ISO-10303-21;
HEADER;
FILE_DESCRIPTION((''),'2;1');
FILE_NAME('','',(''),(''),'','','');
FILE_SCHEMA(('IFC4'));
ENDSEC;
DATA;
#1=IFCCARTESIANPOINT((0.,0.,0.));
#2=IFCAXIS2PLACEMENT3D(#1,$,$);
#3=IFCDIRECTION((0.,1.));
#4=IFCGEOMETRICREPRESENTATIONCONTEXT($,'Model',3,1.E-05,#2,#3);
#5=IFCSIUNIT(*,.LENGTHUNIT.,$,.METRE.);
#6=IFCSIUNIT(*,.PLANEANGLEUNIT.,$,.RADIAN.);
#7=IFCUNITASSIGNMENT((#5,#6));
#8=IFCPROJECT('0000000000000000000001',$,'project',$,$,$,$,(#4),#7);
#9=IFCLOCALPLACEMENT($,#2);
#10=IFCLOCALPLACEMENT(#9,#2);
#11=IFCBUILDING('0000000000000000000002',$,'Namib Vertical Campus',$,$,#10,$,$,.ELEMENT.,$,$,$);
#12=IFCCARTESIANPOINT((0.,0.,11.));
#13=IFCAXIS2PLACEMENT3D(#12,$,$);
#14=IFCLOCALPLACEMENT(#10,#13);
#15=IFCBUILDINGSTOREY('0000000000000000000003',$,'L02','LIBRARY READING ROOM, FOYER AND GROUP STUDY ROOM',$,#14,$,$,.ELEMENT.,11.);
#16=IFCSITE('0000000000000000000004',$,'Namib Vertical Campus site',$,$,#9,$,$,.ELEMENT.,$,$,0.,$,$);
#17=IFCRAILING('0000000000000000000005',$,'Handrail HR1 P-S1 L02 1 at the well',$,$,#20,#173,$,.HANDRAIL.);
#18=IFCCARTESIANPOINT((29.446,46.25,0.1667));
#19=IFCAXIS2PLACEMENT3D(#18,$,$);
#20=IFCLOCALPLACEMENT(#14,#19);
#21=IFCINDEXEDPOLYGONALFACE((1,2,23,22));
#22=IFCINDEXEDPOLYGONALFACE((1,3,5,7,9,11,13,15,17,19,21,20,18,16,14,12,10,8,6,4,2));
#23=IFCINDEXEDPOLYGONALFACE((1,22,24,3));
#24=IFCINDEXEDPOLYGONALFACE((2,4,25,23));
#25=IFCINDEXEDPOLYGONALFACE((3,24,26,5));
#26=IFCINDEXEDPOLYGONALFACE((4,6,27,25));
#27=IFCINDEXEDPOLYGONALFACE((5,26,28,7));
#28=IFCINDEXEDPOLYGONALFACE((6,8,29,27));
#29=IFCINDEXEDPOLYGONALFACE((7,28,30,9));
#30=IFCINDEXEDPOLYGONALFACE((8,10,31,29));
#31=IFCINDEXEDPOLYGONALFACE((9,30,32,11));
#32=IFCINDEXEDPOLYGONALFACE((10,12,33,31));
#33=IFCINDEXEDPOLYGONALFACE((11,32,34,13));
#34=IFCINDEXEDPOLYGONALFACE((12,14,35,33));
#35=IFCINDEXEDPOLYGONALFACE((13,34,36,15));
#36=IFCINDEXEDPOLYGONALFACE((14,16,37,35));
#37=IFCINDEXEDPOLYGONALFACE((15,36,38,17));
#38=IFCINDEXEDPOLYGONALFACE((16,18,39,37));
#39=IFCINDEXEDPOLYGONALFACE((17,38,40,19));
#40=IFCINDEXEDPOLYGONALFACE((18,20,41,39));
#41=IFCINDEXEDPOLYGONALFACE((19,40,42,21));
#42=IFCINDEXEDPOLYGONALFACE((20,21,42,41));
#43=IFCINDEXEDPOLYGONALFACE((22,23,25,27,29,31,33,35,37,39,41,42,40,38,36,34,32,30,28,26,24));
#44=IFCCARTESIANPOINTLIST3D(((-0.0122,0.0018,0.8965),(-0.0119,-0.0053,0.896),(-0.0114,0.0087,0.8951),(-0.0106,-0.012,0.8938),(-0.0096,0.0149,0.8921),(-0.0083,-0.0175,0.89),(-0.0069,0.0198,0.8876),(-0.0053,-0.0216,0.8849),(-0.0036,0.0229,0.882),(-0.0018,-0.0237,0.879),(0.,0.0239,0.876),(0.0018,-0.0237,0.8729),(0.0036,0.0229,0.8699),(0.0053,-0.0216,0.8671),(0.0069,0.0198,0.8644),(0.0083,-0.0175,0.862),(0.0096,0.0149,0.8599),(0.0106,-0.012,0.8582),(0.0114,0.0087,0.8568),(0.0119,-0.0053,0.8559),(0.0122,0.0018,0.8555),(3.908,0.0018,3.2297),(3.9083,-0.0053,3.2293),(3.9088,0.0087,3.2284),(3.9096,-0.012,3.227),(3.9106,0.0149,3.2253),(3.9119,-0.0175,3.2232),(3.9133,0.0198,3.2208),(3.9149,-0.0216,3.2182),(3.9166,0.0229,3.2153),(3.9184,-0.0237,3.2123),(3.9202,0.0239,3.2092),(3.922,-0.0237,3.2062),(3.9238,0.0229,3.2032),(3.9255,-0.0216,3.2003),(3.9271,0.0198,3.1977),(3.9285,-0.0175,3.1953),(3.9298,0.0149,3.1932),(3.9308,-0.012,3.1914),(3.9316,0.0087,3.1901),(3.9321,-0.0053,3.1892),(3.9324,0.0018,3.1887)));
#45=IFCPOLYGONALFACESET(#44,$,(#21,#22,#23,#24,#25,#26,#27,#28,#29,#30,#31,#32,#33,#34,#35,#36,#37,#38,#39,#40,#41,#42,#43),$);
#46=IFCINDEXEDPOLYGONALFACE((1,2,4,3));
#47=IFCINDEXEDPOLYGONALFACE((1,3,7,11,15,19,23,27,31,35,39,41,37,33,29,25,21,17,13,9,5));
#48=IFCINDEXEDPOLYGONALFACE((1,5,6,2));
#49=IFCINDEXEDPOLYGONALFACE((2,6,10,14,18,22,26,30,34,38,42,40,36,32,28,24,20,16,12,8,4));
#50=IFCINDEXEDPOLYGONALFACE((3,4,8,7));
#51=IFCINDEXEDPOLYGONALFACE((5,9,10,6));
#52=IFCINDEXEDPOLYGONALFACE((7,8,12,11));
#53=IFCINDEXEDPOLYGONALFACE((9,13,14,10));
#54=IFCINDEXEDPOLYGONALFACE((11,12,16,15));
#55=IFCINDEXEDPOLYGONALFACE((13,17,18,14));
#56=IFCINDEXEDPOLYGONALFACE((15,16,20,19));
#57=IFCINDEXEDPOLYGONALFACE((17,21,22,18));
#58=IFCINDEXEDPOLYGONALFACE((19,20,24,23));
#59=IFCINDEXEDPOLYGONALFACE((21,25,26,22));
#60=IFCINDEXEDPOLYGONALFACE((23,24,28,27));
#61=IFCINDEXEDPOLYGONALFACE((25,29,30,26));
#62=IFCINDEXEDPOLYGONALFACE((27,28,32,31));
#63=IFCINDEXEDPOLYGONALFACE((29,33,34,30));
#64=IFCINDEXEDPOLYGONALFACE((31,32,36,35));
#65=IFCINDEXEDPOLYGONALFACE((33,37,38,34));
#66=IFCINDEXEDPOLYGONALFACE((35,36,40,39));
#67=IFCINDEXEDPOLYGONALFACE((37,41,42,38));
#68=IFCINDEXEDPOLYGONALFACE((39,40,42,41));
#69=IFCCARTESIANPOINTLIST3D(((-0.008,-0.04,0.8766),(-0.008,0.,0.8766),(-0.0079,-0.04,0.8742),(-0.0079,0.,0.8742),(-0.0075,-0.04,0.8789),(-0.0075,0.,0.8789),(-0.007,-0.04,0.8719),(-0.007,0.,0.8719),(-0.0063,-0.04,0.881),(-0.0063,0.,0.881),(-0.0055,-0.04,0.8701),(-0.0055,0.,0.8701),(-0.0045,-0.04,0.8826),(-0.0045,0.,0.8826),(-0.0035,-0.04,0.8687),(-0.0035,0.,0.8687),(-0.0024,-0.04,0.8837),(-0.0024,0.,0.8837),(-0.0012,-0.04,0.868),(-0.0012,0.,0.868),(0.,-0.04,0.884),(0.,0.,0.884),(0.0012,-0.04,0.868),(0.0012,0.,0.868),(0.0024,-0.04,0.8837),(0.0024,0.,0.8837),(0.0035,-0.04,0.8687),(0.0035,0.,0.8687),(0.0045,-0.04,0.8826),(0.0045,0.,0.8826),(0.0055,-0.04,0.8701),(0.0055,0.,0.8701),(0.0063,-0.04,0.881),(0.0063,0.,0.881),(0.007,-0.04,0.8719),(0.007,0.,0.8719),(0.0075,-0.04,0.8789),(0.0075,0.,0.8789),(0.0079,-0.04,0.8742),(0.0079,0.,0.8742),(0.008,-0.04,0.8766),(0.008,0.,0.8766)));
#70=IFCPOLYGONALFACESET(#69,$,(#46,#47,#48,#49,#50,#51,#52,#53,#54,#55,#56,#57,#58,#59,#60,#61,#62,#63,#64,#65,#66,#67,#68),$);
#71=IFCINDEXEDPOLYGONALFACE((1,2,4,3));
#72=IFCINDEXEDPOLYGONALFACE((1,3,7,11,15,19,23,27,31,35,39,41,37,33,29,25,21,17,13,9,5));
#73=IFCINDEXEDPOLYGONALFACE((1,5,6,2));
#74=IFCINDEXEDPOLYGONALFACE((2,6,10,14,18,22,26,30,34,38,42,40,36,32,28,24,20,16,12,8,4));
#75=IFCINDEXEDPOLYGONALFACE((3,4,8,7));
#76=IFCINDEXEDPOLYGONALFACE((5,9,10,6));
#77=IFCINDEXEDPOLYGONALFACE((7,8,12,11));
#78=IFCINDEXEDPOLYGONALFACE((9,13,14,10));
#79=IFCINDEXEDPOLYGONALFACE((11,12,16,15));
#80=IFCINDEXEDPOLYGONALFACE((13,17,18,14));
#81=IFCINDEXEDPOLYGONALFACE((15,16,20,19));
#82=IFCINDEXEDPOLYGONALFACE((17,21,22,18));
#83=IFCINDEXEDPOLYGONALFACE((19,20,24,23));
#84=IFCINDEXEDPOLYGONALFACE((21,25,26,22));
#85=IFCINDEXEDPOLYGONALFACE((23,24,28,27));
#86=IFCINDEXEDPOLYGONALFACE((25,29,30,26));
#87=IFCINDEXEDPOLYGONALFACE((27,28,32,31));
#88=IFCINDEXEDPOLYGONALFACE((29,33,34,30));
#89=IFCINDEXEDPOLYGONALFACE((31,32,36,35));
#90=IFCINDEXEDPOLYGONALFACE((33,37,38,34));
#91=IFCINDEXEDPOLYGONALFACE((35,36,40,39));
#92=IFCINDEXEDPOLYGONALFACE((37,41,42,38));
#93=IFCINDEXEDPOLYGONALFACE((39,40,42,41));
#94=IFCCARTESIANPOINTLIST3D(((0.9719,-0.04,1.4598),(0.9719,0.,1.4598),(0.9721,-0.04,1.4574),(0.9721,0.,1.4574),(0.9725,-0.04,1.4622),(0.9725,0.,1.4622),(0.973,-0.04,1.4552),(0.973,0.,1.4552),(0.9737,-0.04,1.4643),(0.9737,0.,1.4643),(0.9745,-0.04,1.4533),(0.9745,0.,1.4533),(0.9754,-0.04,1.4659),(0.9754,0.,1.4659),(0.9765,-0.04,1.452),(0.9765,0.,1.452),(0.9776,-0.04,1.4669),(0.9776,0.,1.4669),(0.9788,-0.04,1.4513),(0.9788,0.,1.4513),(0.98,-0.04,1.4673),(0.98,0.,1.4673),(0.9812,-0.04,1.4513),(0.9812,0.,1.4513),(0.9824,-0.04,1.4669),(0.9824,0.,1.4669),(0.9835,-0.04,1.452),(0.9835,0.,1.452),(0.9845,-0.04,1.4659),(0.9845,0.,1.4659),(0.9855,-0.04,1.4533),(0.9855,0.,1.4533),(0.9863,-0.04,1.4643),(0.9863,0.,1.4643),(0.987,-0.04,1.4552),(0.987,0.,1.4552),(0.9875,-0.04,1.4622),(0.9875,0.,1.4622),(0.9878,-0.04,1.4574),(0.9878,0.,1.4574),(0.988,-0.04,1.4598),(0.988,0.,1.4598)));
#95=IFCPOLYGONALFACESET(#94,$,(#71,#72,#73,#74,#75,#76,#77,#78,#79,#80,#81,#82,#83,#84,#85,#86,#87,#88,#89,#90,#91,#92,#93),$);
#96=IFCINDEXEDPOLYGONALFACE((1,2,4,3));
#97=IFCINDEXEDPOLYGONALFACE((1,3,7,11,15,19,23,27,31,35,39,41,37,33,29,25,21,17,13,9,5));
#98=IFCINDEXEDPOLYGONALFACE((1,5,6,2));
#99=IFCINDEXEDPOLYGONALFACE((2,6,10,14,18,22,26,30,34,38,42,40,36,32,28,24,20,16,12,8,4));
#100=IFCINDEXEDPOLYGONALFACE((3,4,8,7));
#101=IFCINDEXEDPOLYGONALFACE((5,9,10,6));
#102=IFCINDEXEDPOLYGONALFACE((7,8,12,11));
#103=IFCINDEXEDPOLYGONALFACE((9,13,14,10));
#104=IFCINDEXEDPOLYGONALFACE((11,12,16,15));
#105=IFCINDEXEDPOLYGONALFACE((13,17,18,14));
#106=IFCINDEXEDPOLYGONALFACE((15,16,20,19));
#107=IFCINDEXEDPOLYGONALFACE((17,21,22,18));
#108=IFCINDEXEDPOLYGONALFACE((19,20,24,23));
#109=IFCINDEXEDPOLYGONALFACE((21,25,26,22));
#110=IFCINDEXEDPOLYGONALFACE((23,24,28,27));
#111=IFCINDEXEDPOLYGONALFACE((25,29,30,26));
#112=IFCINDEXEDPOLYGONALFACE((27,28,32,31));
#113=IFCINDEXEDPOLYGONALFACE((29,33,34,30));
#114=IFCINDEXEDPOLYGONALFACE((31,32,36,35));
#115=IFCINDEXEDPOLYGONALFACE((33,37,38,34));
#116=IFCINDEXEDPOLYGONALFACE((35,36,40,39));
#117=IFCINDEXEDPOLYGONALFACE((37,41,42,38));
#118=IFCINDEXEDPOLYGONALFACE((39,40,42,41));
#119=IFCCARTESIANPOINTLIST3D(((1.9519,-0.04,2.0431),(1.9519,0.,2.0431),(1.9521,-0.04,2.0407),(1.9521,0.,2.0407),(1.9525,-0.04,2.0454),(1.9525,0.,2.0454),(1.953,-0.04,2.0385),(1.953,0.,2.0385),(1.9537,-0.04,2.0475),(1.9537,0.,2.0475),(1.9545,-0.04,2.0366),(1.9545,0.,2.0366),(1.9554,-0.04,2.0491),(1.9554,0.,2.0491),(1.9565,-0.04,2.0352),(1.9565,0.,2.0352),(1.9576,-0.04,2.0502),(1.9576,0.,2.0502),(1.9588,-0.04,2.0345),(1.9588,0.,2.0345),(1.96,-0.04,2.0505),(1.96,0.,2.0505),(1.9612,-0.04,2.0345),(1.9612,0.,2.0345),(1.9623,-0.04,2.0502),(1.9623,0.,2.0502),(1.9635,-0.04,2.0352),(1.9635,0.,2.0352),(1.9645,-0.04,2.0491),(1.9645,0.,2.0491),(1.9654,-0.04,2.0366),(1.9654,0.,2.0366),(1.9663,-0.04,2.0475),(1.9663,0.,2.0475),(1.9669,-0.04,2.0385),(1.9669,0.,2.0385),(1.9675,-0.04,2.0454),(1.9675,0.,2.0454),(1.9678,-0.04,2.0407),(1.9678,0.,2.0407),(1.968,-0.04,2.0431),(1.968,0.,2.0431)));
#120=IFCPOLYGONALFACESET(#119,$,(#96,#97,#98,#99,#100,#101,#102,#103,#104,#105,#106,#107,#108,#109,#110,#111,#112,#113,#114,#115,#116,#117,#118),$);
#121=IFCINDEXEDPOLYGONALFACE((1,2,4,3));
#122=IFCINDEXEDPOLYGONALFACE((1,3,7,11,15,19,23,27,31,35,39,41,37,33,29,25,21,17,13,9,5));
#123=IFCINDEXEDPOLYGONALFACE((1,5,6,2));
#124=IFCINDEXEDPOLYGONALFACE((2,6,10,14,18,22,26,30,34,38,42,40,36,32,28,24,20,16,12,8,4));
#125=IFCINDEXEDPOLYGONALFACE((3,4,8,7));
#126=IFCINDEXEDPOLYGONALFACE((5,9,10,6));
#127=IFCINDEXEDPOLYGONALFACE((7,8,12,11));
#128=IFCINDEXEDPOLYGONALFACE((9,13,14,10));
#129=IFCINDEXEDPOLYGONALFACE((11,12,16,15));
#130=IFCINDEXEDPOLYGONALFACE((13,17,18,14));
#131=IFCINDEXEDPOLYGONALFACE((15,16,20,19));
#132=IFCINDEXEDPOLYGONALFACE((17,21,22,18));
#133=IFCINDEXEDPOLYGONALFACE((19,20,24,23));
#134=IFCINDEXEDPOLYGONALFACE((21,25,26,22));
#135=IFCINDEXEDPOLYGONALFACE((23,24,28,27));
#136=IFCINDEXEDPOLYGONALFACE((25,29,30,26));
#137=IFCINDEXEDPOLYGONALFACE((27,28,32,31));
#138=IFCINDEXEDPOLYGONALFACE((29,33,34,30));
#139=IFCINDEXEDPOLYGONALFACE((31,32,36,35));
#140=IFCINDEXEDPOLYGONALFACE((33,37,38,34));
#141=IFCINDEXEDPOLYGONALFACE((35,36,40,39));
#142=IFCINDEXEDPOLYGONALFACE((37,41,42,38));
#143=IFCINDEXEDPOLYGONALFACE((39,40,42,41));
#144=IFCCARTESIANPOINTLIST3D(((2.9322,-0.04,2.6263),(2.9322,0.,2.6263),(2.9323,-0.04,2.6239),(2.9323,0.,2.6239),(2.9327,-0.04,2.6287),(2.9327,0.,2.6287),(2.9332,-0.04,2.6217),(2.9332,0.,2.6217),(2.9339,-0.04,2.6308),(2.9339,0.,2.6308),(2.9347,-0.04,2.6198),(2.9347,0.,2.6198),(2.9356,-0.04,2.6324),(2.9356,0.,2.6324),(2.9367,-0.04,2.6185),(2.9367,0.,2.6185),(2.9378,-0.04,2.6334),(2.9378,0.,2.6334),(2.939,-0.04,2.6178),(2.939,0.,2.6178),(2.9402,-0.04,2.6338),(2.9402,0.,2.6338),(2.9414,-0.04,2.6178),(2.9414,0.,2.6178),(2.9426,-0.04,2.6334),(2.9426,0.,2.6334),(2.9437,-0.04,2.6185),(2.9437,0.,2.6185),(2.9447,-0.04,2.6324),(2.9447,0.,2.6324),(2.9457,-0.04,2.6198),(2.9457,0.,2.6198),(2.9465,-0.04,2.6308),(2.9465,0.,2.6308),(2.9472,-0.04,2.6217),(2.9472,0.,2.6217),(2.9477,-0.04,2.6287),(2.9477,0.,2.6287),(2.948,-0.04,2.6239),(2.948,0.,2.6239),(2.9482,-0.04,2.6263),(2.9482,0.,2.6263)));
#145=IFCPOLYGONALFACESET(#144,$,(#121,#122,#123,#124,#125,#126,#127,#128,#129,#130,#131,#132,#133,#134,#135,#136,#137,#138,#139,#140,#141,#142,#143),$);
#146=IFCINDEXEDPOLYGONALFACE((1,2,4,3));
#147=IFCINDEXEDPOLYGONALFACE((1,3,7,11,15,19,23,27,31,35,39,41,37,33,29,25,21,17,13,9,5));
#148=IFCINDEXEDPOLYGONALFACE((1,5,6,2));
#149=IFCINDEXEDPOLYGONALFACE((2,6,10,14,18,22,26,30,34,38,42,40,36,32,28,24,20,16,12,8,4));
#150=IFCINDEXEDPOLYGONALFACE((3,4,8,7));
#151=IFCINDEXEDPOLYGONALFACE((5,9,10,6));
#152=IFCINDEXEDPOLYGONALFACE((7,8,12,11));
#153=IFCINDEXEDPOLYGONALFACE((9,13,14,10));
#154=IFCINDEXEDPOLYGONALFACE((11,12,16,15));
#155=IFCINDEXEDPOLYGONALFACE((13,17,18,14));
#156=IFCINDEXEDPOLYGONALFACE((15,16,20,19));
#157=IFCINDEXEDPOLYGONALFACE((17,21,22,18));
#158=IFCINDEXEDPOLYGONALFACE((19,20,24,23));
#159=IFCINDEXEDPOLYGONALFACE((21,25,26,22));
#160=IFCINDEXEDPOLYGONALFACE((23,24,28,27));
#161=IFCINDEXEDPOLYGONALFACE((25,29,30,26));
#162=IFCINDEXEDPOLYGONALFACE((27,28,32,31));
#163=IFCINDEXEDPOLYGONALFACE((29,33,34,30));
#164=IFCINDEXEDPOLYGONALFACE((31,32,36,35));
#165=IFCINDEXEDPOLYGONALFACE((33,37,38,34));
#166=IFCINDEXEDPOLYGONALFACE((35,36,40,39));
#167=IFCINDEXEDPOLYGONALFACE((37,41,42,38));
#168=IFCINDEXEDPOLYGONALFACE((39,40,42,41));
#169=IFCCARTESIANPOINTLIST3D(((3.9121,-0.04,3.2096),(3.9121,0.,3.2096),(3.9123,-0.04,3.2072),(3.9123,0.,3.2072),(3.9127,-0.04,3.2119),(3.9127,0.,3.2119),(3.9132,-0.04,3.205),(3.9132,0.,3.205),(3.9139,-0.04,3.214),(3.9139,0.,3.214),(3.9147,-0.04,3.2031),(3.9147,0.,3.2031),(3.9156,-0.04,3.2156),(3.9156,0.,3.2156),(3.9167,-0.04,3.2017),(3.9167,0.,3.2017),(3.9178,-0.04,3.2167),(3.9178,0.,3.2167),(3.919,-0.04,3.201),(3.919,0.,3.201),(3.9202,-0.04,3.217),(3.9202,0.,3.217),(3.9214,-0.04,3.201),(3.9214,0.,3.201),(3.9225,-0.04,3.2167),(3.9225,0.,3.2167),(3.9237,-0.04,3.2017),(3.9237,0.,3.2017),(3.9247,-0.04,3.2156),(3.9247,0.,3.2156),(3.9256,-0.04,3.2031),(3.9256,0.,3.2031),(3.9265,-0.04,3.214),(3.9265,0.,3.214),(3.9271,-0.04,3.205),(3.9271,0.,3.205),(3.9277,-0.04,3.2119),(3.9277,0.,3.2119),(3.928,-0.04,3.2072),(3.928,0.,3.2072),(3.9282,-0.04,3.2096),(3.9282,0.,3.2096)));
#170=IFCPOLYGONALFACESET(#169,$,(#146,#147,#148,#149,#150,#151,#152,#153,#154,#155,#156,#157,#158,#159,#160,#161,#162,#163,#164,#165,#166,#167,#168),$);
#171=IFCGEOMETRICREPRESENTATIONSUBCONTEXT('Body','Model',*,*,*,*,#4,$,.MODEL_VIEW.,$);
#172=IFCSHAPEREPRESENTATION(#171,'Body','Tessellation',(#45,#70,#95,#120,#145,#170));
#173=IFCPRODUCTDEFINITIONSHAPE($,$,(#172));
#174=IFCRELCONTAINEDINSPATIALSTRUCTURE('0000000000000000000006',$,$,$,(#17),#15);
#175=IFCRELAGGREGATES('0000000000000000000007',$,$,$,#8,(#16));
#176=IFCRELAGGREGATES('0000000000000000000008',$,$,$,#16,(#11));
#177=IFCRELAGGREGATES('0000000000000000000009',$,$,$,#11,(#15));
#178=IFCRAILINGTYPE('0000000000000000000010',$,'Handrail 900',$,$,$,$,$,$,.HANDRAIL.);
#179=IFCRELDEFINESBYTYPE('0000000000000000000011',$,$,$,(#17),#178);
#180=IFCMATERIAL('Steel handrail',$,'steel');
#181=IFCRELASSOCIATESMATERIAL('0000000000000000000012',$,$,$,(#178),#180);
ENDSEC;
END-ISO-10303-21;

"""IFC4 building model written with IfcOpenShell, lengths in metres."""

from ifc_helpers import new_model, si_unit, direction, frame, origin, origin_2d, place, context, subcontext, project, spatial, circle, extrude, material, type_object, element, save


model = new_model("IFC4")

# Units and contexts
model_context = context("Model", 3, precision=1e-05, world=origin(), true_north=direction((0.0, 1.0)))
body_context = subcontext(model_context, "Body", "Model", "MODEL_VIEW")
ifc_project = project(units=[si_unit("LENGTHUNIT", "METRE"), si_unit("PLANEANGLEUNIT", "RADIAN")], contexts=[model_context])

# Site, building, storey
site_placement = place(None, origin())
site = spatial("IfcSite", under=ifc_project, at=site_placement, Name="Namib Vertical Campus site", CompositionType="ELEMENT", RefElevation=0.0)
building_placement = place(site_placement, origin())
building = spatial("IfcBuilding", under=site, at=building_placement, Name="Namib Vertical Campus", CompositionType="ELEMENT")
storey_placement = place(building_placement, frame((0.0, 0.0, 11.0)))
storey = spatial("IfcBuildingStorey", under=building, at=storey_placement, Name="L02", Description="LIBRARY READING ROOM, FOYER AND GROUP STUDY ROOM", CompositionType="ELEMENT", Elevation=11.0)

# Railing
ifc_material_1 = material(Name="Steel handrail", Category="steel")
railing_type_1 = type_object("IfcRailingType", Name="Handrail 900", PredefinedType="HANDRAIL", material=ifc_material_1)
railing_1_placement = place(storey_placement, frame((29.446, 46.25, 0.1667)))
element("IfcRailing", 1, at=railing_1_placement, inside=storey, type_object=railing_type_1, Name="Handrail HR1 P-S1 L02 1 at the well", PredefinedType="HANDRAIL", context=body_context, shape_type="SweptSolid", body=[
    extrude(circle(Radius=0.0239, at=origin_2d()), frame((0.0, 0.0, 0.876), z_axis=(0.85931, 0.0, 0.511455), x_axis=(0.0, 1.0, 0.0)), (0.0, 0.0, 1.0), 4.562),
    extrude(circle(Radius=0.0081, at=origin_2d()), frame((0.0, 0.0, 0.876), z_axis=(0.0, -1.0, 0.0), x_axis=(0.0, 0.0, 1.0)), (0.0, 0.0, 1.0), 0.04),
    extrude(circle(Radius=0.0081, at=origin_2d()), frame((0.98, 0.0, 1.4592), z_axis=(0.0, -1.0, 0.0), x_axis=(0.0, 0.0, 1.0)), (0.0, 0.0, 1.0), 0.04),
    extrude(circle(Radius=0.0081, at=origin_2d()), frame((1.96, 0.0, 2.0425), z_axis=(0.0, -1.0, 0.0), x_axis=(0.0, 0.0, 1.0)), (0.0, 0.0, 1.0), 0.04),
    extrude(circle(Radius=0.0081, at=origin_2d()), frame((2.9402, 0.0, 2.6257), z_axis=(0.0, -1.0, 0.0), x_axis=(0.0, 0.0, 1.0)), (0.0, 0.0, 1.0), 0.04),
    extrude(circle(Radius=0.0081, at=origin_2d()), frame((3.9202, 0.0, 3.209), z_axis=(0.0, -1.0, 0.0), x_axis=(0.0, 0.0, 1.0)), (0.0, 0.0, 1.0), 0.04),
])

save(model, "model.ifc")
